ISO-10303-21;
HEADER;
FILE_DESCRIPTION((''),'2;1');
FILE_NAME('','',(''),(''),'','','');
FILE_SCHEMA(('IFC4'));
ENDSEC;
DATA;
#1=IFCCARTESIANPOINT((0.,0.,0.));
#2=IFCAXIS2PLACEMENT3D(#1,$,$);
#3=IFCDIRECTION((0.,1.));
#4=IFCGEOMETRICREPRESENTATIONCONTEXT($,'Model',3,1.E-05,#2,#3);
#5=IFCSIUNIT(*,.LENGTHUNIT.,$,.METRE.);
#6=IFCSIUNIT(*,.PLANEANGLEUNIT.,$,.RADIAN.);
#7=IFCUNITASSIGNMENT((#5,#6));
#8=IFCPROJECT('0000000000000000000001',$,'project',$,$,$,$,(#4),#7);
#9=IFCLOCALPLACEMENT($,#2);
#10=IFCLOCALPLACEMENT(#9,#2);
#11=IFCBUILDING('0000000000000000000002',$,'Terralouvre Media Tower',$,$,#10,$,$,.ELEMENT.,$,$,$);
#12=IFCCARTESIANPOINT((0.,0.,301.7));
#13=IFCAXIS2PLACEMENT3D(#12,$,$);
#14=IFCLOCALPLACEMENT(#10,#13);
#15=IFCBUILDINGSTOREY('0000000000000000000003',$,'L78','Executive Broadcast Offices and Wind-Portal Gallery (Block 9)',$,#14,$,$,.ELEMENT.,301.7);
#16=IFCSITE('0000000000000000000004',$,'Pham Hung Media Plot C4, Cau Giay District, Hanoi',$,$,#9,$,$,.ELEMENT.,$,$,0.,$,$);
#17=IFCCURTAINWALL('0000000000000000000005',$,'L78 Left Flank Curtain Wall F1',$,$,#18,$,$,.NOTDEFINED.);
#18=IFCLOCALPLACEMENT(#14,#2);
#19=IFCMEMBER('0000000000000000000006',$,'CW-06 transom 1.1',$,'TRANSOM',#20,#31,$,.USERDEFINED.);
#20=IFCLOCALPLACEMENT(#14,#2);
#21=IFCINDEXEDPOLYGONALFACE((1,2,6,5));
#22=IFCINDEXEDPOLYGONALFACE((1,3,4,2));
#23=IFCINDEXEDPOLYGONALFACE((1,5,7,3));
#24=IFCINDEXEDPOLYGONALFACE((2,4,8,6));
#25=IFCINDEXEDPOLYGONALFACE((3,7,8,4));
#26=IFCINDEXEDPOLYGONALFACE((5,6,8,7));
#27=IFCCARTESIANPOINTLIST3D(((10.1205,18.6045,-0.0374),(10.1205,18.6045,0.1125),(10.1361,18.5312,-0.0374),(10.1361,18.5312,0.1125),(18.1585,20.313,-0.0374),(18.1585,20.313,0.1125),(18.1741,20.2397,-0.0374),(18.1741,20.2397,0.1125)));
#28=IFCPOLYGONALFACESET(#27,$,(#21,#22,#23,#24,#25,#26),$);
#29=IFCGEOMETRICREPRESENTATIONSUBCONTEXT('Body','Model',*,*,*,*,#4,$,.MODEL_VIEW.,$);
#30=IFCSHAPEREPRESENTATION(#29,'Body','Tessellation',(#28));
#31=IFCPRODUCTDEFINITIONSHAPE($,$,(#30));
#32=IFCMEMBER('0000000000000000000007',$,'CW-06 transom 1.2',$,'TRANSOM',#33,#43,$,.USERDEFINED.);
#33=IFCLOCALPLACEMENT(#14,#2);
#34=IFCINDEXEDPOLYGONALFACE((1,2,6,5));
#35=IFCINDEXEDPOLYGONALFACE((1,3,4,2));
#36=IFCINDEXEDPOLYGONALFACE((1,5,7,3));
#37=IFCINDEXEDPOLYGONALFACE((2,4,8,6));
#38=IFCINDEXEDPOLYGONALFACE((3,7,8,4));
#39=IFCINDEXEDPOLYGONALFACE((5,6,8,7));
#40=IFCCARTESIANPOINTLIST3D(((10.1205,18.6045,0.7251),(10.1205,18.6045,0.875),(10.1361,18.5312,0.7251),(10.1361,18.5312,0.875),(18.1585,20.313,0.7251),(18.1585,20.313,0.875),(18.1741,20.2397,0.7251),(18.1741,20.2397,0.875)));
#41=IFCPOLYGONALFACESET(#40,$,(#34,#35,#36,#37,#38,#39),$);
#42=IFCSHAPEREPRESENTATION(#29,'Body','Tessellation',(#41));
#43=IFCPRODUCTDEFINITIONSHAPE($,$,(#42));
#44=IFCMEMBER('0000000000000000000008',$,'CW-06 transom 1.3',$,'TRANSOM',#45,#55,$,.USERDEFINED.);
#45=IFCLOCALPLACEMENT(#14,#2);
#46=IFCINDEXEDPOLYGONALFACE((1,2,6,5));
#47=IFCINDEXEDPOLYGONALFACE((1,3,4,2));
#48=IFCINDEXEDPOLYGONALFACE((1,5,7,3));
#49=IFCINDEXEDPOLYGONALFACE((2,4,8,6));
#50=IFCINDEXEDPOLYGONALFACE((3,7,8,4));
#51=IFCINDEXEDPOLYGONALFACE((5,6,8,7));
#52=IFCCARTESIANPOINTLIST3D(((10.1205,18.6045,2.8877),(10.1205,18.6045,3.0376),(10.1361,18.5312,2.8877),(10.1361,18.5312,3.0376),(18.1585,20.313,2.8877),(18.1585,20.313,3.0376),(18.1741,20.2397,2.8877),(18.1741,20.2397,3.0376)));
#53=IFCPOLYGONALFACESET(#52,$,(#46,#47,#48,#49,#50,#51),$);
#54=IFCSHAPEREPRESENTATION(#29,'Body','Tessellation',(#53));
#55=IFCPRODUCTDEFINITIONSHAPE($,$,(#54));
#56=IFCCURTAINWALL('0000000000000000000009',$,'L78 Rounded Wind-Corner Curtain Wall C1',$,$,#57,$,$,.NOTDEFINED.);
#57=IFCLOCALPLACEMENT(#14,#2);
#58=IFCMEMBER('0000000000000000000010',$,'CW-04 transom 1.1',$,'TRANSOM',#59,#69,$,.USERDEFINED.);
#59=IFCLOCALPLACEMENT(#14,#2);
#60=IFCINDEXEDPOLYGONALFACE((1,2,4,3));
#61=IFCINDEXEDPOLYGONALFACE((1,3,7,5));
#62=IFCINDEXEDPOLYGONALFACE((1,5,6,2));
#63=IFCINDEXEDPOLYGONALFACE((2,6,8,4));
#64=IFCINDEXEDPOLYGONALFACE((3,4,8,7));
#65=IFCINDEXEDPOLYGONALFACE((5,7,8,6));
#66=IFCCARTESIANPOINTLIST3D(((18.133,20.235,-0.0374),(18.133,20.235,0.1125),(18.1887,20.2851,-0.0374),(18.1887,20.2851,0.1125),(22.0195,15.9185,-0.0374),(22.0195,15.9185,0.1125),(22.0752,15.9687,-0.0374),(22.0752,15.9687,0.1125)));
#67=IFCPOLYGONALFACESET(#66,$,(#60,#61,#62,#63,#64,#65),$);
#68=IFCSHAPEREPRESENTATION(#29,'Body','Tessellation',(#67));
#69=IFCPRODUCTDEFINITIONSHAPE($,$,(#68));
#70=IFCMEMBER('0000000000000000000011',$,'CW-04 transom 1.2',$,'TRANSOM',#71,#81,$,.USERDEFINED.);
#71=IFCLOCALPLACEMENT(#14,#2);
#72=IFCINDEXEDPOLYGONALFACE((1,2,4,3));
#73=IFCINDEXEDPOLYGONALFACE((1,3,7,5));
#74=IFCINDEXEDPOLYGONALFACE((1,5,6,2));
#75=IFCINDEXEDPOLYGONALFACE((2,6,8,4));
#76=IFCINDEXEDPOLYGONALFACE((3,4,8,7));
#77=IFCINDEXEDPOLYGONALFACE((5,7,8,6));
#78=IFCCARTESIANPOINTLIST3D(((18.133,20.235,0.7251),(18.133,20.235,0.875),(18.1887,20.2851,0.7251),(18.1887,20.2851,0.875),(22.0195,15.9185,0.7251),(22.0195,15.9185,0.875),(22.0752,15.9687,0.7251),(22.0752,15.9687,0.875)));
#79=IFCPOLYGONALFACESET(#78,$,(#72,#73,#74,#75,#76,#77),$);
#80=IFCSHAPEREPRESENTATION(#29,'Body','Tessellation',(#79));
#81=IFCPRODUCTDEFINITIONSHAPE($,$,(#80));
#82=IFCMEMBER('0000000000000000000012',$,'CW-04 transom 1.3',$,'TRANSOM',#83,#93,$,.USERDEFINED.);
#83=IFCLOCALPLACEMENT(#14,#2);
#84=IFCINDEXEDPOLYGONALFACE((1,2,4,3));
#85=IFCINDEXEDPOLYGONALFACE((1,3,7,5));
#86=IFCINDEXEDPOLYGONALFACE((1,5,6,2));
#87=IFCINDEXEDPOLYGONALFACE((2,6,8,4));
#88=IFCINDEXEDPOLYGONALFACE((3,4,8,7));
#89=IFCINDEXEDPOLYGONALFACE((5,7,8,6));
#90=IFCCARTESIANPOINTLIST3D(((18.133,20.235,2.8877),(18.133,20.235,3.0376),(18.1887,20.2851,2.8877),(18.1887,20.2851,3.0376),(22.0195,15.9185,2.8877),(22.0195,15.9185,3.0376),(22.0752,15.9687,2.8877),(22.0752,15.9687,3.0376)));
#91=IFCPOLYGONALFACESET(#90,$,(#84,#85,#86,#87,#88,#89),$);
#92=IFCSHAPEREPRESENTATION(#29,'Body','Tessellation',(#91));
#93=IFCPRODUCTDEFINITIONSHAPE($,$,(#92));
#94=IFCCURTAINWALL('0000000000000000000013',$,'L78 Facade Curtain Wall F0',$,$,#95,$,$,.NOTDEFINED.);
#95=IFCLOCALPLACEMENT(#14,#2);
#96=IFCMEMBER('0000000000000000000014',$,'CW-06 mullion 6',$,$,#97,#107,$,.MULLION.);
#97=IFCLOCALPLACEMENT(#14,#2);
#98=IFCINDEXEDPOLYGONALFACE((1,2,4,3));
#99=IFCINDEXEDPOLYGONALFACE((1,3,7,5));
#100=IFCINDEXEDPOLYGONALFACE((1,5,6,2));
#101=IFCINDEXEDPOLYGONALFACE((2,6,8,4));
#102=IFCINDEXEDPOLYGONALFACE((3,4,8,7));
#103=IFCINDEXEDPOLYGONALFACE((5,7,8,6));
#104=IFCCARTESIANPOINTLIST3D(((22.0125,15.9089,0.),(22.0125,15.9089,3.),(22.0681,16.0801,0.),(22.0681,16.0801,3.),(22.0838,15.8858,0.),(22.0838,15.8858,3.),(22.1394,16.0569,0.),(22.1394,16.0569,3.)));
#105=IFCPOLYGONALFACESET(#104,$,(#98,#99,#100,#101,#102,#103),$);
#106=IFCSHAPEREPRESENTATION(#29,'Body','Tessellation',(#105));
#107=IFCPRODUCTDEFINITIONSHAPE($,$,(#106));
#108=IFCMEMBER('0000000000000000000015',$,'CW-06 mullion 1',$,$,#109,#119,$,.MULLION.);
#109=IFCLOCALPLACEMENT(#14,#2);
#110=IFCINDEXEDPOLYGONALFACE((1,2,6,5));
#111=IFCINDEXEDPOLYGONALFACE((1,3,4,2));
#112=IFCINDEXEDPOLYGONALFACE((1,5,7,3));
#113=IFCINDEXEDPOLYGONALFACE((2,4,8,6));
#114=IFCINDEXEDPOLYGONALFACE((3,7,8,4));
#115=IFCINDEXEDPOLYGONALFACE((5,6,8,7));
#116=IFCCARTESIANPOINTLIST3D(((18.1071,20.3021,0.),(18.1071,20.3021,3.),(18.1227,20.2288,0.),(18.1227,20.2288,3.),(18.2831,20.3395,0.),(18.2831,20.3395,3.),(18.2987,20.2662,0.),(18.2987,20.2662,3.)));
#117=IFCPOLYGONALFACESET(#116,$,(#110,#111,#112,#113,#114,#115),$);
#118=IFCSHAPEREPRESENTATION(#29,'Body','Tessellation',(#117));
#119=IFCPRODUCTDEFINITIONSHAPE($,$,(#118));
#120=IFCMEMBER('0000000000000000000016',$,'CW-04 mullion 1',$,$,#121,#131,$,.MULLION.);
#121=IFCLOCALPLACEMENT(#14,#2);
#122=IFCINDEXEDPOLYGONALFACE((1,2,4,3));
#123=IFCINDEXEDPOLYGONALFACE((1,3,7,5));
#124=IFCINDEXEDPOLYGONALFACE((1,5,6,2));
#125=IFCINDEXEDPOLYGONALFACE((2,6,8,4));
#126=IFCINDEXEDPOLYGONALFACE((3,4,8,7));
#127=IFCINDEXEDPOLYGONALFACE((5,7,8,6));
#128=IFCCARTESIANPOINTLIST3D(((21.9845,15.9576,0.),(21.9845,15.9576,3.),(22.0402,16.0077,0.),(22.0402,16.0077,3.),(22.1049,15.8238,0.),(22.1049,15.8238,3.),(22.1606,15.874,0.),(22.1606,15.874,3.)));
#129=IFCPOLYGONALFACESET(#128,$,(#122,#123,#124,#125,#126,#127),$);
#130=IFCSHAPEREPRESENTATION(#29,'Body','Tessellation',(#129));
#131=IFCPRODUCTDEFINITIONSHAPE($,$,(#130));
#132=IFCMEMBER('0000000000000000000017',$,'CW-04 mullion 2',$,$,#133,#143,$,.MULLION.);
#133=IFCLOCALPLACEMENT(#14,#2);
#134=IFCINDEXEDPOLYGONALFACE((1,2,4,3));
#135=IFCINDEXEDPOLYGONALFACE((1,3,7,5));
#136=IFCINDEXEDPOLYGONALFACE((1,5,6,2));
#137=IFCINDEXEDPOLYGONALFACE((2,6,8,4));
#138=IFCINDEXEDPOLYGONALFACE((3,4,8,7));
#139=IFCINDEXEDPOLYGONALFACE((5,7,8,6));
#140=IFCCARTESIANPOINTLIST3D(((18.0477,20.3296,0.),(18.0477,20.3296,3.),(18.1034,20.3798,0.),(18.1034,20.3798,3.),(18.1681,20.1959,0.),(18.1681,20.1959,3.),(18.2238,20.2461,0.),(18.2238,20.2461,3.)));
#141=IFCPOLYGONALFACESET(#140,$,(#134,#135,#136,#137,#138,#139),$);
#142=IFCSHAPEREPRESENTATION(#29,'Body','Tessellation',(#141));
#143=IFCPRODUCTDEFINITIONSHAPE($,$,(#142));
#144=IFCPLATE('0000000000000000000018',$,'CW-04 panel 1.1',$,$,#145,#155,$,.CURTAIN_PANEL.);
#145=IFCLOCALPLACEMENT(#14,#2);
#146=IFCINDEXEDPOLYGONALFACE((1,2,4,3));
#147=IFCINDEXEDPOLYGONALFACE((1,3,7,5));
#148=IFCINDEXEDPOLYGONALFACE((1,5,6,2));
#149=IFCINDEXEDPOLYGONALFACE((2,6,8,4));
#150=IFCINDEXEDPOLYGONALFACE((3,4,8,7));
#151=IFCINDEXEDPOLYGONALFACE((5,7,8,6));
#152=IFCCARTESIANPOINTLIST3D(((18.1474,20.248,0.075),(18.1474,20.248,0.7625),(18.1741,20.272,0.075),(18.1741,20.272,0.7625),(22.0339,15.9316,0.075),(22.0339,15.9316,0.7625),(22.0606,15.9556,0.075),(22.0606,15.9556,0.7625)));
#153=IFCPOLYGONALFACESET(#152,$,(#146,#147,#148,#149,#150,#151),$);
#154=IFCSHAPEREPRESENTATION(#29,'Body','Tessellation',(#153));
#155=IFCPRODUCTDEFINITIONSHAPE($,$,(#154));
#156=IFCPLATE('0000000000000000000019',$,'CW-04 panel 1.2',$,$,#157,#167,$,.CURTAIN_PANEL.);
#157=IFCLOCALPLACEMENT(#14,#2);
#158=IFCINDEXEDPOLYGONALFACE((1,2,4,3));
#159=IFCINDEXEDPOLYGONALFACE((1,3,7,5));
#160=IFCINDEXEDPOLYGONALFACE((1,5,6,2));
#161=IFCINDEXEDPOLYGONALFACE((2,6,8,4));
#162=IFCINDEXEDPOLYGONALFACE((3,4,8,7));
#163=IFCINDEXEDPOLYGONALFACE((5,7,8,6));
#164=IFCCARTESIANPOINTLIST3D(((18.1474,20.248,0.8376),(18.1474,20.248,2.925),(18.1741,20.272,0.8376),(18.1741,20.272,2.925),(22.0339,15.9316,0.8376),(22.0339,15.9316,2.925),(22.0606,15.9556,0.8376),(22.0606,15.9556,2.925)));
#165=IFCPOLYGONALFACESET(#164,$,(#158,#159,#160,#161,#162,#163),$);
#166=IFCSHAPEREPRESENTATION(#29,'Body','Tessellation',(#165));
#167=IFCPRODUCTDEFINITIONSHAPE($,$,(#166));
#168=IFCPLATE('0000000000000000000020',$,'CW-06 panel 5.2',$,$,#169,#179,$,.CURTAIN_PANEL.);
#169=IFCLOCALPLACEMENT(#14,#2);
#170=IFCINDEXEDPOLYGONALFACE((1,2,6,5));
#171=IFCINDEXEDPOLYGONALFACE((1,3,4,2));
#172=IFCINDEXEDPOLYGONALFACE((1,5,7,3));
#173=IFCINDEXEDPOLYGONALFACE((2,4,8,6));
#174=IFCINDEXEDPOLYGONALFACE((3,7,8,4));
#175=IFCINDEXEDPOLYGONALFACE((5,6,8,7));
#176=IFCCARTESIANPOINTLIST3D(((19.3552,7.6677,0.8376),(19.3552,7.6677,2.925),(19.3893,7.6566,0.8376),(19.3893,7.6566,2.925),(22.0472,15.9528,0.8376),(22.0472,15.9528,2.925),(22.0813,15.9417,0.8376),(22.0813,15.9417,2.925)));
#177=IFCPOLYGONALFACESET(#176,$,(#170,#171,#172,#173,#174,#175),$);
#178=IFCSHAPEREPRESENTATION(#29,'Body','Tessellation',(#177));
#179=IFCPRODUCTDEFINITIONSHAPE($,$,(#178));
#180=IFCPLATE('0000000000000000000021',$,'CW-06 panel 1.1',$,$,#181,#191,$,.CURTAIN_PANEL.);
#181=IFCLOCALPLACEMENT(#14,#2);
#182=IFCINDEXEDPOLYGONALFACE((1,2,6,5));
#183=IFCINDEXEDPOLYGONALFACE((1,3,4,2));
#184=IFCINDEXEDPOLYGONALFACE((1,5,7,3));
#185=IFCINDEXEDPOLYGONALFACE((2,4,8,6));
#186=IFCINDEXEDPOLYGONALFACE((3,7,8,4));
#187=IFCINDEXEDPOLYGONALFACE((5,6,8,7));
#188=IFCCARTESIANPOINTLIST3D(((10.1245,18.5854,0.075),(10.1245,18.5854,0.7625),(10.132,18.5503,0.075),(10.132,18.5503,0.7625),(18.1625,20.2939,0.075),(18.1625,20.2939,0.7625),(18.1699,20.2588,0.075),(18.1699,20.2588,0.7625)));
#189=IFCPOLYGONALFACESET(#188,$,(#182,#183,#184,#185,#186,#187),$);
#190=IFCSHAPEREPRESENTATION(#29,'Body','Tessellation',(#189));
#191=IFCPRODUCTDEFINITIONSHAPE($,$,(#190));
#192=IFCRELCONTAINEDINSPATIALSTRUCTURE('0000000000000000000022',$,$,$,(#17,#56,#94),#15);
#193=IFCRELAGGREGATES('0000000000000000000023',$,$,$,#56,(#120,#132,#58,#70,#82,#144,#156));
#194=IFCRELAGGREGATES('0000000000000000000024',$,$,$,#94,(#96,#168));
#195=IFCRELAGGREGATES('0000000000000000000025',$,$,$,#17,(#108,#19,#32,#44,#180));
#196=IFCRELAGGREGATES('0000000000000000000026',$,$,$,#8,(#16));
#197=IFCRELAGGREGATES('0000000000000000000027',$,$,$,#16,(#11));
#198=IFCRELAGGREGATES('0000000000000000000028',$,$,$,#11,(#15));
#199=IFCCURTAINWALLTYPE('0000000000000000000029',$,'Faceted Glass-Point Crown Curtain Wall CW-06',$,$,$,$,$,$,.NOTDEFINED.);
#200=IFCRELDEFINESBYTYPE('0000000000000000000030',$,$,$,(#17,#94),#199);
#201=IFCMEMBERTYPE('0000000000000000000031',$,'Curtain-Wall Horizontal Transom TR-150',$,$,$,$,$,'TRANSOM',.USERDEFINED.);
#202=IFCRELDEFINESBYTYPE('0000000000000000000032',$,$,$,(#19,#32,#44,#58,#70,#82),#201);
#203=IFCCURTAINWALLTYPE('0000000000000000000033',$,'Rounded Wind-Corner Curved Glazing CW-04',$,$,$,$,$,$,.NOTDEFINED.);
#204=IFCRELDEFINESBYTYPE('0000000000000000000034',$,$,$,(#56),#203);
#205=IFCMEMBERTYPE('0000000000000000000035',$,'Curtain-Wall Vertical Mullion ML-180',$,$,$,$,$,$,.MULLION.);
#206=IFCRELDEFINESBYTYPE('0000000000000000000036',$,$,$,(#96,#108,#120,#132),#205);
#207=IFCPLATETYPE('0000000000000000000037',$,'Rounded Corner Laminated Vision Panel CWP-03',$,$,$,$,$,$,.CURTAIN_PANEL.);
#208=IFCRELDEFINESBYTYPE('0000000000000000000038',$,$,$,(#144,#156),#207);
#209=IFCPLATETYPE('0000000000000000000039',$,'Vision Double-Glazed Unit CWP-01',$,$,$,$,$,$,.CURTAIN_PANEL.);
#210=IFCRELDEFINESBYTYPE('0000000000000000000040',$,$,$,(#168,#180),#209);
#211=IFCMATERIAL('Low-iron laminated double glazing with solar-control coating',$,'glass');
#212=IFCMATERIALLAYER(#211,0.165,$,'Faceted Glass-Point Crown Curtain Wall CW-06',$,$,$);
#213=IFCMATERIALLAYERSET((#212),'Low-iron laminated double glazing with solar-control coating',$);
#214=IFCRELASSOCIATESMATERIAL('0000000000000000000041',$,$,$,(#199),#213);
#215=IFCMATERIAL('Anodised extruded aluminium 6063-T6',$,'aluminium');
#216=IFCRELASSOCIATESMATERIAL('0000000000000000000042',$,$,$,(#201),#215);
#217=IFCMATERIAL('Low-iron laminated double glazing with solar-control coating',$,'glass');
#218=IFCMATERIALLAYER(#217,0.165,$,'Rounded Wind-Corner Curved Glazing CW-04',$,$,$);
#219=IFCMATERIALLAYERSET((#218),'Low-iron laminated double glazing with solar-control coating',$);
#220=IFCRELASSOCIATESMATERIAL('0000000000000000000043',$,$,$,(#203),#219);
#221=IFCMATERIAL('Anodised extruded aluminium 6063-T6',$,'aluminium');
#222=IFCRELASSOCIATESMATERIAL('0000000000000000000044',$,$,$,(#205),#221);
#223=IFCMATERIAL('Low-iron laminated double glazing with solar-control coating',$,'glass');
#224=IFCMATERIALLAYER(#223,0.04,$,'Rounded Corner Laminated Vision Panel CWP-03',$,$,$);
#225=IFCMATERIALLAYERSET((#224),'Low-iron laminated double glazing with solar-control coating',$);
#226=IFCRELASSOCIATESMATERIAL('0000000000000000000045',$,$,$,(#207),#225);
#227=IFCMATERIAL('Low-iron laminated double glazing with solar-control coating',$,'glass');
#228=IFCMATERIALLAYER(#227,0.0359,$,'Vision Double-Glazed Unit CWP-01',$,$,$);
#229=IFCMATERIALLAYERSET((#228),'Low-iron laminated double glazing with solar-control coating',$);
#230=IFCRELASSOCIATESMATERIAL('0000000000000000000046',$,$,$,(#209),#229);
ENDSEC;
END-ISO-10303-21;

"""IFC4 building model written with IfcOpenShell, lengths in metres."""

from ifc_helpers import new_model, si_unit, direction, frame, origin, origin_2d, place, context, subcontext, project, spatial, rectangle, extrude, material, layer, layer_set, material_profile, profile_set, type_object, element, aggregate, save


model = new_model("IFC4")

# Units and contexts
model_context = context("Model", 3, precision=1e-05, world=origin(), true_north=direction((0.0, 1.0)))
body_context = subcontext(model_context, "Body", "Model", "MODEL_VIEW")
ifc_project = project(units=[si_unit("LENGTHUNIT", "METRE"), si_unit("PLANEANGLEUNIT", "RADIAN")], contexts=[model_context])

# Site, building, storey
site_placement = place(None, origin())
site = spatial("IfcSite", under=ifc_project, at=site_placement, Name="Pham Hung Media Plot C4, Cau Giay District, Hanoi", CompositionType="ELEMENT", RefElevation=0.0)
building_placement = place(site_placement, origin())
building = spatial("IfcBuilding", under=site, at=building_placement, Name="Terralouvre Media Tower", CompositionType="ELEMENT")
storey_placement = place(building_placement, frame((0.0, 0.0, 301.7)))
storey = spatial("IfcBuildingStorey", under=building, at=storey_placement, Name="L78", Description="Executive Broadcast Offices and Wind-Portal Gallery (Block 9)", CompositionType="ELEMENT", Elevation=301.7)

# Curtain walls, members
ifc_material_1 = material(Name="Low-iron laminated double glazing with solar-control coating", Category="glass")
ifc_layer_1 = layer(ifc_material_1, 0.165, Name="Faceted Glass-Point Crown Curtain Wall CW-06")
ifc_layer_set_1 = layer_set([ifc_layer_1], Name="Low-iron laminated double glazing with solar-control coating")
curtain_wall_type_1 = type_object("IfcCurtainWallType", Name="Faceted Glass-Point Crown Curtain Wall CW-06", PredefinedType="NOTDEFINED", material=ifc_layer_set_1)
curtain_wall_1_placement = place(storey_placement, origin())
curtain_wall_1 = element("IfcCurtainWall", 1, at=curtain_wall_1_placement, inside=storey, type_object=curtain_wall_type_1, Name="L78 Left Flank Curtain Wall F1", PredefinedType="NOTDEFINED")
ifc_material_2 = material(Name="Anodised extruded aluminium 6063-T6", Category="aluminium")
ifc_material_profile_1 = material_profile(ifc_material_2, rectangle(XDim=0.075, YDim=0.1499, at=origin_2d()), Name="ALU 75x150")
ifc_profile_set_1 = profile_set([ifc_material_profile_1], Name="Anodised extruded aluminium 6063-T6")
member_type_1 = type_object("IfcMemberType", Name="Curtain-Wall Horizontal Transom TR-150", ElementType="TRANSOM", PredefinedType="USERDEFINED", material=ifc_profile_set_1)
member_1_placement = place(storey_placement, frame((18.1663, 20.2764, 0.0376), z_axis=(-0.978148, -0.207912, 0.0), x_axis=(0.207912, -0.978148, 0.0)))
member_1 = element("IfcMember", 2, at=member_1_placement, type_object=member_type_1, Name="CW-06 transom 1.1", ObjectType="TRANSOM", PredefinedType="USERDEFINED", context=body_context, shape_type="SweptSolid", body=[
    extrude(rectangle(XDim=0.075, YDim=0.1499, at=origin_2d()), origin(), (0.0, 0.0, 1.0), 8.2175),
])
member_2_placement = place(storey_placement, frame((18.1663, 20.2764, 0.8), z_axis=(-0.978148, -0.207912, 0.0), x_axis=(0.207912, -0.978148, 0.0)))
member_2 = element("IfcMember", 3, at=member_2_placement, type_object=member_type_1, Name="CW-06 transom 1.2", ObjectType="TRANSOM", PredefinedType="USERDEFINED", context=body_context, shape_type="SweptSolid", body=[
    extrude(rectangle(XDim=0.075, YDim=0.1499, at=origin_2d()), origin(), (0.0, 0.0, 1.0), 8.2175),
])
member_3_placement = place(storey_placement, frame((18.1663, 20.2764, 2.9626), z_axis=(-0.978148, -0.207912, 0.0), x_axis=(0.207912, -0.978148, 0.0)))
member_3 = element("IfcMember", 4, at=member_3_placement, type_object=member_type_1, Name="CW-06 transom 1.3", ObjectType="TRANSOM", PredefinedType="USERDEFINED", context=body_context, shape_type="SweptSolid", body=[
    extrude(rectangle(XDim=0.075, YDim=0.1499, at=origin_2d()), origin(), (0.0, 0.0, 1.0), 8.2175),
])
ifc_material_3 = material(Name="Low-iron laminated double glazing with solar-control coating", Category="glass")
ifc_layer_2 = layer(ifc_material_3, 0.165, Name="Rounded Wind-Corner Curved Glazing CW-04")
ifc_layer_set_2 = layer_set([ifc_layer_2], Name="Low-iron laminated double glazing with solar-control coating")
curtain_wall_type_2 = type_object("IfcCurtainWallType", Name="Rounded Wind-Corner Curved Glazing CW-04", PredefinedType="NOTDEFINED", material=ifc_layer_set_2)
curtain_wall_2_placement = place(storey_placement, origin())
curtain_wall_2 = element("IfcCurtainWall", 5, at=curtain_wall_2_placement, inside=storey, type_object=curtain_wall_type_2, Name="L78 Rounded Wind-Corner Curtain Wall C1", PredefinedType="NOTDEFINED")
member_4_placement = place(storey_placement, frame((22.0474, 15.9436, 0.0376), z_axis=(-0.669127, 0.743148, 0.0), x_axis=(-0.743148, -0.669127, 0.0)))
member_4 = element("IfcMember", 6, at=member_4_placement, type_object=member_type_1, Name="CW-04 transom 1.1", ObjectType="TRANSOM", PredefinedType="USERDEFINED", context=body_context, shape_type="SweptSolid", body=[
    extrude(rectangle(XDim=0.075, YDim=0.1499, at=origin_2d()), origin(), (0.0, 0.0, 1.0), 5.8083),
])
member_5_placement = place(storey_placement, frame((22.0474, 15.9436, 0.8), z_axis=(-0.669127, 0.743148, 0.0), x_axis=(-0.743148, -0.669127, 0.0)))
member_5 = element("IfcMember", 7, at=member_5_placement, type_object=member_type_1, Name="CW-04 transom 1.2", ObjectType="TRANSOM", PredefinedType="USERDEFINED", context=body_context, shape_type="SweptSolid", body=[
    extrude(rectangle(XDim=0.075, YDim=0.1499, at=origin_2d()), origin(), (0.0, 0.0, 1.0), 5.8083),
])
member_6_placement = place(storey_placement, frame((22.0474, 15.9436, 2.9626), z_axis=(-0.669127, 0.743148, 0.0), x_axis=(-0.743148, -0.669127, 0.0)))
member_6 = element("IfcMember", 8, at=member_6_placement, type_object=member_type_1, Name="CW-04 transom 1.3", ObjectType="TRANSOM", PredefinedType="USERDEFINED", context=body_context, shape_type="SweptSolid", body=[
    extrude(rectangle(XDim=0.075, YDim=0.1499, at=origin_2d()), origin(), (0.0, 0.0, 1.0), 5.8083),
])

# Curtain wall, member
curtain_wall_3_placement = place(storey_placement, origin())
curtain_wall_3 = element("IfcCurtainWall", 9, at=curtain_wall_3_placement, inside=storey, type_object=curtain_wall_type_1, Name="L78 Facade Curtain Wall F0", PredefinedType="NOTDEFINED")
ifc_material_4 = material(Name="Anodised extruded aluminium 6063-T6", Category="aluminium")
ifc_material_profile_2 = material_profile(ifc_material_4, rectangle(XDim=0.075, YDim=0.1799, at=origin_2d()), Name="ALU 75x180")
ifc_profile_set_2 = profile_set([ifc_material_profile_2], Name="Anodised extruded aluminium 6063-T6")
member_type_2 = type_object("IfcMemberType", Name="Curtain-Wall Vertical Mullion ML-180", PredefinedType="MULLION", material=ifc_profile_set_2)
member_7_placement = place(storey_placement, frame((22.0759, 15.9829, 0.0), z_axis=(0.0, 0.0, 1.0), x_axis=(-0.951057, 0.309017, 0.0)))
member_7 = element("IfcMember", 10, at=member_7_placement, type_object=member_type_2, Name="CW-06 mullion 6", PredefinedType="MULLION", context=body_context, shape_type="SweptSolid", body=[
    extrude(rectangle(XDim=0.075, YDim=0.1799, at=origin_2d()), origin(), (0.0, 0.0, 1.0), 3.0),
])

# Members
member_8_placement = place(storey_placement, frame((18.2029, 20.2842, 0.0), z_axis=(0.0, 0.0, 1.0), x_axis=(0.207912, -0.978148, 0.0)))
member_8 = element("IfcMember", 11, at=member_8_placement, type_object=member_type_2, Name="CW-06 mullion 1", PredefinedType="MULLION", context=body_context, shape_type="SweptSolid", body=[
    extrude(rectangle(XDim=0.075, YDim=0.1799, at=origin_2d()), origin(), (0.0, 0.0, 1.0), 3.0),
])
member_9_placement = place(storey_placement, frame((22.0725, 15.9158, 0.0), z_axis=(0.0, 0.0, 1.0), x_axis=(-0.743145, -0.66913, 0.0)))
member_9 = element("IfcMember", 12, at=member_9_placement, type_object=member_type_2, Name="CW-04 mullion 1", PredefinedType="MULLION", context=body_context, shape_type="SweptSolid", body=[
    extrude(rectangle(XDim=0.075, YDim=0.1799, at=origin_2d()), origin(), (0.0, 0.0, 1.0), 3.0),
])
member_10_placement = place(storey_placement, frame((18.1357, 20.2878, 0.0), z_axis=(0.0, 0.0, 1.0), x_axis=(-0.743145, -0.66913, 0.0)))
member_10 = element("IfcMember", 13, at=member_10_placement, type_object=member_type_2, Name="CW-04 mullion 2", PredefinedType="MULLION", context=body_context, shape_type="SweptSolid", body=[
    extrude(rectangle(XDim=0.075, YDim=0.1799, at=origin_2d()), origin(), (0.0, 0.0, 1.0), 3.0),
])

# Plates
ifc_material_5 = material(Name="Low-iron laminated double glazing with solar-control coating", Category="glass")
ifc_layer_3 = layer(ifc_material_5, 0.04, Name="Rounded Corner Laminated Vision Panel CWP-03")
ifc_layer_set_3 = layer_set([ifc_layer_3], Name="Low-iron laminated double glazing with solar-control coating")
plate_type_1 = type_object("IfcPlateType", Name="Rounded Corner Laminated Vision Panel CWP-03", PredefinedType="CURTAIN_PANEL", material=ifc_layer_set_3)
plate_1_placement = place(storey_placement, frame((20.104, 18.1018, 0.075), z_axis=(0.0, 0.0, 1.0), x_axis=(-0.66913, 0.743145, 0.0)))
plate_1 = element("IfcPlate", 14, at=plate_1_placement, type_object=plate_type_1, Name="CW-04 panel 1.1", PredefinedType="CURTAIN_PANEL", context=body_context, shape_type="SweptSolid", body=[
    extrude(rectangle(XDim=5.8083, YDim=0.0359, at=origin_2d()), origin(), (0.0, 0.0, 1.0), 0.6875),
])
plate_2_placement = place(storey_placement, frame((20.104, 18.1018, 0.8376), z_axis=(0.0, 0.0, 1.0), x_axis=(-0.66913, 0.743145, 0.0)))
plate_2 = element("IfcPlate", 15, at=plate_2_placement, type_object=plate_type_1, Name="CW-04 panel 1.2", PredefinedType="CURTAIN_PANEL", context=body_context, shape_type="SweptSolid", body=[
    extrude(rectangle(XDim=5.8083, YDim=0.0359, at=origin_2d()), origin(), (0.0, 0.0, 1.0), 2.0874),
])
aggregate(curtain_wall_2, [member_9, member_10, member_4, member_5, member_6, plate_1, plate_2])
ifc_material_6 = material(Name="Low-iron laminated double glazing with solar-control coating", Category="glass")
ifc_layer_4 = layer(ifc_material_6, 0.0359, Name="Vision Double-Glazed Unit CWP-01")
ifc_layer_set_4 = layer_set([ifc_layer_4], Name="Low-iron laminated double glazing with solar-control coating")
plate_type_2 = type_object("IfcPlateType", Name="Vision Double-Glazed Unit CWP-01", PredefinedType="CURTAIN_PANEL", material=ifc_layer_set_4)
plate_3_placement = place(storey_placement, frame((20.7183, 11.8047, 0.8376), z_axis=(0.0, 0.0, 1.0), x_axis=(0.309017, 0.951057, 0.0)))
plate_3 = element("IfcPlate", 16, at=plate_3_placement, type_object=plate_type_2, Name="CW-06 panel 5.2", PredefinedType="CURTAIN_PANEL", context=body_context, shape_type="SweptSolid", body=[
    extrude(rectangle(XDim=8.7114, YDim=0.0359, at=origin_2d()), origin(), (0.0, 0.0, 1.0), 2.0874),
])
aggregate(curtain_wall_3, [member_7, plate_3])
plate_4_placement = place(storey_placement, frame((14.1472, 19.4221, 0.075), z_axis=(0.0, 0.0, 1.0), x_axis=(-0.978148, -0.207912, 0.0)))
plate_4 = element("IfcPlate", 17, at=plate_4_placement, type_object=plate_type_2, Name="CW-06 panel 1.1", PredefinedType="CURTAIN_PANEL", context=body_context, shape_type="SweptSolid", body=[
    extrude(rectangle(XDim=8.2175, YDim=0.0359, at=origin_2d()), origin(), (0.0, 0.0, 1.0), 0.6875),
])
aggregate(curtain_wall_1, [member_8, member_1, member_2, member_3, plate_4])

save(model, "model.ifc")
